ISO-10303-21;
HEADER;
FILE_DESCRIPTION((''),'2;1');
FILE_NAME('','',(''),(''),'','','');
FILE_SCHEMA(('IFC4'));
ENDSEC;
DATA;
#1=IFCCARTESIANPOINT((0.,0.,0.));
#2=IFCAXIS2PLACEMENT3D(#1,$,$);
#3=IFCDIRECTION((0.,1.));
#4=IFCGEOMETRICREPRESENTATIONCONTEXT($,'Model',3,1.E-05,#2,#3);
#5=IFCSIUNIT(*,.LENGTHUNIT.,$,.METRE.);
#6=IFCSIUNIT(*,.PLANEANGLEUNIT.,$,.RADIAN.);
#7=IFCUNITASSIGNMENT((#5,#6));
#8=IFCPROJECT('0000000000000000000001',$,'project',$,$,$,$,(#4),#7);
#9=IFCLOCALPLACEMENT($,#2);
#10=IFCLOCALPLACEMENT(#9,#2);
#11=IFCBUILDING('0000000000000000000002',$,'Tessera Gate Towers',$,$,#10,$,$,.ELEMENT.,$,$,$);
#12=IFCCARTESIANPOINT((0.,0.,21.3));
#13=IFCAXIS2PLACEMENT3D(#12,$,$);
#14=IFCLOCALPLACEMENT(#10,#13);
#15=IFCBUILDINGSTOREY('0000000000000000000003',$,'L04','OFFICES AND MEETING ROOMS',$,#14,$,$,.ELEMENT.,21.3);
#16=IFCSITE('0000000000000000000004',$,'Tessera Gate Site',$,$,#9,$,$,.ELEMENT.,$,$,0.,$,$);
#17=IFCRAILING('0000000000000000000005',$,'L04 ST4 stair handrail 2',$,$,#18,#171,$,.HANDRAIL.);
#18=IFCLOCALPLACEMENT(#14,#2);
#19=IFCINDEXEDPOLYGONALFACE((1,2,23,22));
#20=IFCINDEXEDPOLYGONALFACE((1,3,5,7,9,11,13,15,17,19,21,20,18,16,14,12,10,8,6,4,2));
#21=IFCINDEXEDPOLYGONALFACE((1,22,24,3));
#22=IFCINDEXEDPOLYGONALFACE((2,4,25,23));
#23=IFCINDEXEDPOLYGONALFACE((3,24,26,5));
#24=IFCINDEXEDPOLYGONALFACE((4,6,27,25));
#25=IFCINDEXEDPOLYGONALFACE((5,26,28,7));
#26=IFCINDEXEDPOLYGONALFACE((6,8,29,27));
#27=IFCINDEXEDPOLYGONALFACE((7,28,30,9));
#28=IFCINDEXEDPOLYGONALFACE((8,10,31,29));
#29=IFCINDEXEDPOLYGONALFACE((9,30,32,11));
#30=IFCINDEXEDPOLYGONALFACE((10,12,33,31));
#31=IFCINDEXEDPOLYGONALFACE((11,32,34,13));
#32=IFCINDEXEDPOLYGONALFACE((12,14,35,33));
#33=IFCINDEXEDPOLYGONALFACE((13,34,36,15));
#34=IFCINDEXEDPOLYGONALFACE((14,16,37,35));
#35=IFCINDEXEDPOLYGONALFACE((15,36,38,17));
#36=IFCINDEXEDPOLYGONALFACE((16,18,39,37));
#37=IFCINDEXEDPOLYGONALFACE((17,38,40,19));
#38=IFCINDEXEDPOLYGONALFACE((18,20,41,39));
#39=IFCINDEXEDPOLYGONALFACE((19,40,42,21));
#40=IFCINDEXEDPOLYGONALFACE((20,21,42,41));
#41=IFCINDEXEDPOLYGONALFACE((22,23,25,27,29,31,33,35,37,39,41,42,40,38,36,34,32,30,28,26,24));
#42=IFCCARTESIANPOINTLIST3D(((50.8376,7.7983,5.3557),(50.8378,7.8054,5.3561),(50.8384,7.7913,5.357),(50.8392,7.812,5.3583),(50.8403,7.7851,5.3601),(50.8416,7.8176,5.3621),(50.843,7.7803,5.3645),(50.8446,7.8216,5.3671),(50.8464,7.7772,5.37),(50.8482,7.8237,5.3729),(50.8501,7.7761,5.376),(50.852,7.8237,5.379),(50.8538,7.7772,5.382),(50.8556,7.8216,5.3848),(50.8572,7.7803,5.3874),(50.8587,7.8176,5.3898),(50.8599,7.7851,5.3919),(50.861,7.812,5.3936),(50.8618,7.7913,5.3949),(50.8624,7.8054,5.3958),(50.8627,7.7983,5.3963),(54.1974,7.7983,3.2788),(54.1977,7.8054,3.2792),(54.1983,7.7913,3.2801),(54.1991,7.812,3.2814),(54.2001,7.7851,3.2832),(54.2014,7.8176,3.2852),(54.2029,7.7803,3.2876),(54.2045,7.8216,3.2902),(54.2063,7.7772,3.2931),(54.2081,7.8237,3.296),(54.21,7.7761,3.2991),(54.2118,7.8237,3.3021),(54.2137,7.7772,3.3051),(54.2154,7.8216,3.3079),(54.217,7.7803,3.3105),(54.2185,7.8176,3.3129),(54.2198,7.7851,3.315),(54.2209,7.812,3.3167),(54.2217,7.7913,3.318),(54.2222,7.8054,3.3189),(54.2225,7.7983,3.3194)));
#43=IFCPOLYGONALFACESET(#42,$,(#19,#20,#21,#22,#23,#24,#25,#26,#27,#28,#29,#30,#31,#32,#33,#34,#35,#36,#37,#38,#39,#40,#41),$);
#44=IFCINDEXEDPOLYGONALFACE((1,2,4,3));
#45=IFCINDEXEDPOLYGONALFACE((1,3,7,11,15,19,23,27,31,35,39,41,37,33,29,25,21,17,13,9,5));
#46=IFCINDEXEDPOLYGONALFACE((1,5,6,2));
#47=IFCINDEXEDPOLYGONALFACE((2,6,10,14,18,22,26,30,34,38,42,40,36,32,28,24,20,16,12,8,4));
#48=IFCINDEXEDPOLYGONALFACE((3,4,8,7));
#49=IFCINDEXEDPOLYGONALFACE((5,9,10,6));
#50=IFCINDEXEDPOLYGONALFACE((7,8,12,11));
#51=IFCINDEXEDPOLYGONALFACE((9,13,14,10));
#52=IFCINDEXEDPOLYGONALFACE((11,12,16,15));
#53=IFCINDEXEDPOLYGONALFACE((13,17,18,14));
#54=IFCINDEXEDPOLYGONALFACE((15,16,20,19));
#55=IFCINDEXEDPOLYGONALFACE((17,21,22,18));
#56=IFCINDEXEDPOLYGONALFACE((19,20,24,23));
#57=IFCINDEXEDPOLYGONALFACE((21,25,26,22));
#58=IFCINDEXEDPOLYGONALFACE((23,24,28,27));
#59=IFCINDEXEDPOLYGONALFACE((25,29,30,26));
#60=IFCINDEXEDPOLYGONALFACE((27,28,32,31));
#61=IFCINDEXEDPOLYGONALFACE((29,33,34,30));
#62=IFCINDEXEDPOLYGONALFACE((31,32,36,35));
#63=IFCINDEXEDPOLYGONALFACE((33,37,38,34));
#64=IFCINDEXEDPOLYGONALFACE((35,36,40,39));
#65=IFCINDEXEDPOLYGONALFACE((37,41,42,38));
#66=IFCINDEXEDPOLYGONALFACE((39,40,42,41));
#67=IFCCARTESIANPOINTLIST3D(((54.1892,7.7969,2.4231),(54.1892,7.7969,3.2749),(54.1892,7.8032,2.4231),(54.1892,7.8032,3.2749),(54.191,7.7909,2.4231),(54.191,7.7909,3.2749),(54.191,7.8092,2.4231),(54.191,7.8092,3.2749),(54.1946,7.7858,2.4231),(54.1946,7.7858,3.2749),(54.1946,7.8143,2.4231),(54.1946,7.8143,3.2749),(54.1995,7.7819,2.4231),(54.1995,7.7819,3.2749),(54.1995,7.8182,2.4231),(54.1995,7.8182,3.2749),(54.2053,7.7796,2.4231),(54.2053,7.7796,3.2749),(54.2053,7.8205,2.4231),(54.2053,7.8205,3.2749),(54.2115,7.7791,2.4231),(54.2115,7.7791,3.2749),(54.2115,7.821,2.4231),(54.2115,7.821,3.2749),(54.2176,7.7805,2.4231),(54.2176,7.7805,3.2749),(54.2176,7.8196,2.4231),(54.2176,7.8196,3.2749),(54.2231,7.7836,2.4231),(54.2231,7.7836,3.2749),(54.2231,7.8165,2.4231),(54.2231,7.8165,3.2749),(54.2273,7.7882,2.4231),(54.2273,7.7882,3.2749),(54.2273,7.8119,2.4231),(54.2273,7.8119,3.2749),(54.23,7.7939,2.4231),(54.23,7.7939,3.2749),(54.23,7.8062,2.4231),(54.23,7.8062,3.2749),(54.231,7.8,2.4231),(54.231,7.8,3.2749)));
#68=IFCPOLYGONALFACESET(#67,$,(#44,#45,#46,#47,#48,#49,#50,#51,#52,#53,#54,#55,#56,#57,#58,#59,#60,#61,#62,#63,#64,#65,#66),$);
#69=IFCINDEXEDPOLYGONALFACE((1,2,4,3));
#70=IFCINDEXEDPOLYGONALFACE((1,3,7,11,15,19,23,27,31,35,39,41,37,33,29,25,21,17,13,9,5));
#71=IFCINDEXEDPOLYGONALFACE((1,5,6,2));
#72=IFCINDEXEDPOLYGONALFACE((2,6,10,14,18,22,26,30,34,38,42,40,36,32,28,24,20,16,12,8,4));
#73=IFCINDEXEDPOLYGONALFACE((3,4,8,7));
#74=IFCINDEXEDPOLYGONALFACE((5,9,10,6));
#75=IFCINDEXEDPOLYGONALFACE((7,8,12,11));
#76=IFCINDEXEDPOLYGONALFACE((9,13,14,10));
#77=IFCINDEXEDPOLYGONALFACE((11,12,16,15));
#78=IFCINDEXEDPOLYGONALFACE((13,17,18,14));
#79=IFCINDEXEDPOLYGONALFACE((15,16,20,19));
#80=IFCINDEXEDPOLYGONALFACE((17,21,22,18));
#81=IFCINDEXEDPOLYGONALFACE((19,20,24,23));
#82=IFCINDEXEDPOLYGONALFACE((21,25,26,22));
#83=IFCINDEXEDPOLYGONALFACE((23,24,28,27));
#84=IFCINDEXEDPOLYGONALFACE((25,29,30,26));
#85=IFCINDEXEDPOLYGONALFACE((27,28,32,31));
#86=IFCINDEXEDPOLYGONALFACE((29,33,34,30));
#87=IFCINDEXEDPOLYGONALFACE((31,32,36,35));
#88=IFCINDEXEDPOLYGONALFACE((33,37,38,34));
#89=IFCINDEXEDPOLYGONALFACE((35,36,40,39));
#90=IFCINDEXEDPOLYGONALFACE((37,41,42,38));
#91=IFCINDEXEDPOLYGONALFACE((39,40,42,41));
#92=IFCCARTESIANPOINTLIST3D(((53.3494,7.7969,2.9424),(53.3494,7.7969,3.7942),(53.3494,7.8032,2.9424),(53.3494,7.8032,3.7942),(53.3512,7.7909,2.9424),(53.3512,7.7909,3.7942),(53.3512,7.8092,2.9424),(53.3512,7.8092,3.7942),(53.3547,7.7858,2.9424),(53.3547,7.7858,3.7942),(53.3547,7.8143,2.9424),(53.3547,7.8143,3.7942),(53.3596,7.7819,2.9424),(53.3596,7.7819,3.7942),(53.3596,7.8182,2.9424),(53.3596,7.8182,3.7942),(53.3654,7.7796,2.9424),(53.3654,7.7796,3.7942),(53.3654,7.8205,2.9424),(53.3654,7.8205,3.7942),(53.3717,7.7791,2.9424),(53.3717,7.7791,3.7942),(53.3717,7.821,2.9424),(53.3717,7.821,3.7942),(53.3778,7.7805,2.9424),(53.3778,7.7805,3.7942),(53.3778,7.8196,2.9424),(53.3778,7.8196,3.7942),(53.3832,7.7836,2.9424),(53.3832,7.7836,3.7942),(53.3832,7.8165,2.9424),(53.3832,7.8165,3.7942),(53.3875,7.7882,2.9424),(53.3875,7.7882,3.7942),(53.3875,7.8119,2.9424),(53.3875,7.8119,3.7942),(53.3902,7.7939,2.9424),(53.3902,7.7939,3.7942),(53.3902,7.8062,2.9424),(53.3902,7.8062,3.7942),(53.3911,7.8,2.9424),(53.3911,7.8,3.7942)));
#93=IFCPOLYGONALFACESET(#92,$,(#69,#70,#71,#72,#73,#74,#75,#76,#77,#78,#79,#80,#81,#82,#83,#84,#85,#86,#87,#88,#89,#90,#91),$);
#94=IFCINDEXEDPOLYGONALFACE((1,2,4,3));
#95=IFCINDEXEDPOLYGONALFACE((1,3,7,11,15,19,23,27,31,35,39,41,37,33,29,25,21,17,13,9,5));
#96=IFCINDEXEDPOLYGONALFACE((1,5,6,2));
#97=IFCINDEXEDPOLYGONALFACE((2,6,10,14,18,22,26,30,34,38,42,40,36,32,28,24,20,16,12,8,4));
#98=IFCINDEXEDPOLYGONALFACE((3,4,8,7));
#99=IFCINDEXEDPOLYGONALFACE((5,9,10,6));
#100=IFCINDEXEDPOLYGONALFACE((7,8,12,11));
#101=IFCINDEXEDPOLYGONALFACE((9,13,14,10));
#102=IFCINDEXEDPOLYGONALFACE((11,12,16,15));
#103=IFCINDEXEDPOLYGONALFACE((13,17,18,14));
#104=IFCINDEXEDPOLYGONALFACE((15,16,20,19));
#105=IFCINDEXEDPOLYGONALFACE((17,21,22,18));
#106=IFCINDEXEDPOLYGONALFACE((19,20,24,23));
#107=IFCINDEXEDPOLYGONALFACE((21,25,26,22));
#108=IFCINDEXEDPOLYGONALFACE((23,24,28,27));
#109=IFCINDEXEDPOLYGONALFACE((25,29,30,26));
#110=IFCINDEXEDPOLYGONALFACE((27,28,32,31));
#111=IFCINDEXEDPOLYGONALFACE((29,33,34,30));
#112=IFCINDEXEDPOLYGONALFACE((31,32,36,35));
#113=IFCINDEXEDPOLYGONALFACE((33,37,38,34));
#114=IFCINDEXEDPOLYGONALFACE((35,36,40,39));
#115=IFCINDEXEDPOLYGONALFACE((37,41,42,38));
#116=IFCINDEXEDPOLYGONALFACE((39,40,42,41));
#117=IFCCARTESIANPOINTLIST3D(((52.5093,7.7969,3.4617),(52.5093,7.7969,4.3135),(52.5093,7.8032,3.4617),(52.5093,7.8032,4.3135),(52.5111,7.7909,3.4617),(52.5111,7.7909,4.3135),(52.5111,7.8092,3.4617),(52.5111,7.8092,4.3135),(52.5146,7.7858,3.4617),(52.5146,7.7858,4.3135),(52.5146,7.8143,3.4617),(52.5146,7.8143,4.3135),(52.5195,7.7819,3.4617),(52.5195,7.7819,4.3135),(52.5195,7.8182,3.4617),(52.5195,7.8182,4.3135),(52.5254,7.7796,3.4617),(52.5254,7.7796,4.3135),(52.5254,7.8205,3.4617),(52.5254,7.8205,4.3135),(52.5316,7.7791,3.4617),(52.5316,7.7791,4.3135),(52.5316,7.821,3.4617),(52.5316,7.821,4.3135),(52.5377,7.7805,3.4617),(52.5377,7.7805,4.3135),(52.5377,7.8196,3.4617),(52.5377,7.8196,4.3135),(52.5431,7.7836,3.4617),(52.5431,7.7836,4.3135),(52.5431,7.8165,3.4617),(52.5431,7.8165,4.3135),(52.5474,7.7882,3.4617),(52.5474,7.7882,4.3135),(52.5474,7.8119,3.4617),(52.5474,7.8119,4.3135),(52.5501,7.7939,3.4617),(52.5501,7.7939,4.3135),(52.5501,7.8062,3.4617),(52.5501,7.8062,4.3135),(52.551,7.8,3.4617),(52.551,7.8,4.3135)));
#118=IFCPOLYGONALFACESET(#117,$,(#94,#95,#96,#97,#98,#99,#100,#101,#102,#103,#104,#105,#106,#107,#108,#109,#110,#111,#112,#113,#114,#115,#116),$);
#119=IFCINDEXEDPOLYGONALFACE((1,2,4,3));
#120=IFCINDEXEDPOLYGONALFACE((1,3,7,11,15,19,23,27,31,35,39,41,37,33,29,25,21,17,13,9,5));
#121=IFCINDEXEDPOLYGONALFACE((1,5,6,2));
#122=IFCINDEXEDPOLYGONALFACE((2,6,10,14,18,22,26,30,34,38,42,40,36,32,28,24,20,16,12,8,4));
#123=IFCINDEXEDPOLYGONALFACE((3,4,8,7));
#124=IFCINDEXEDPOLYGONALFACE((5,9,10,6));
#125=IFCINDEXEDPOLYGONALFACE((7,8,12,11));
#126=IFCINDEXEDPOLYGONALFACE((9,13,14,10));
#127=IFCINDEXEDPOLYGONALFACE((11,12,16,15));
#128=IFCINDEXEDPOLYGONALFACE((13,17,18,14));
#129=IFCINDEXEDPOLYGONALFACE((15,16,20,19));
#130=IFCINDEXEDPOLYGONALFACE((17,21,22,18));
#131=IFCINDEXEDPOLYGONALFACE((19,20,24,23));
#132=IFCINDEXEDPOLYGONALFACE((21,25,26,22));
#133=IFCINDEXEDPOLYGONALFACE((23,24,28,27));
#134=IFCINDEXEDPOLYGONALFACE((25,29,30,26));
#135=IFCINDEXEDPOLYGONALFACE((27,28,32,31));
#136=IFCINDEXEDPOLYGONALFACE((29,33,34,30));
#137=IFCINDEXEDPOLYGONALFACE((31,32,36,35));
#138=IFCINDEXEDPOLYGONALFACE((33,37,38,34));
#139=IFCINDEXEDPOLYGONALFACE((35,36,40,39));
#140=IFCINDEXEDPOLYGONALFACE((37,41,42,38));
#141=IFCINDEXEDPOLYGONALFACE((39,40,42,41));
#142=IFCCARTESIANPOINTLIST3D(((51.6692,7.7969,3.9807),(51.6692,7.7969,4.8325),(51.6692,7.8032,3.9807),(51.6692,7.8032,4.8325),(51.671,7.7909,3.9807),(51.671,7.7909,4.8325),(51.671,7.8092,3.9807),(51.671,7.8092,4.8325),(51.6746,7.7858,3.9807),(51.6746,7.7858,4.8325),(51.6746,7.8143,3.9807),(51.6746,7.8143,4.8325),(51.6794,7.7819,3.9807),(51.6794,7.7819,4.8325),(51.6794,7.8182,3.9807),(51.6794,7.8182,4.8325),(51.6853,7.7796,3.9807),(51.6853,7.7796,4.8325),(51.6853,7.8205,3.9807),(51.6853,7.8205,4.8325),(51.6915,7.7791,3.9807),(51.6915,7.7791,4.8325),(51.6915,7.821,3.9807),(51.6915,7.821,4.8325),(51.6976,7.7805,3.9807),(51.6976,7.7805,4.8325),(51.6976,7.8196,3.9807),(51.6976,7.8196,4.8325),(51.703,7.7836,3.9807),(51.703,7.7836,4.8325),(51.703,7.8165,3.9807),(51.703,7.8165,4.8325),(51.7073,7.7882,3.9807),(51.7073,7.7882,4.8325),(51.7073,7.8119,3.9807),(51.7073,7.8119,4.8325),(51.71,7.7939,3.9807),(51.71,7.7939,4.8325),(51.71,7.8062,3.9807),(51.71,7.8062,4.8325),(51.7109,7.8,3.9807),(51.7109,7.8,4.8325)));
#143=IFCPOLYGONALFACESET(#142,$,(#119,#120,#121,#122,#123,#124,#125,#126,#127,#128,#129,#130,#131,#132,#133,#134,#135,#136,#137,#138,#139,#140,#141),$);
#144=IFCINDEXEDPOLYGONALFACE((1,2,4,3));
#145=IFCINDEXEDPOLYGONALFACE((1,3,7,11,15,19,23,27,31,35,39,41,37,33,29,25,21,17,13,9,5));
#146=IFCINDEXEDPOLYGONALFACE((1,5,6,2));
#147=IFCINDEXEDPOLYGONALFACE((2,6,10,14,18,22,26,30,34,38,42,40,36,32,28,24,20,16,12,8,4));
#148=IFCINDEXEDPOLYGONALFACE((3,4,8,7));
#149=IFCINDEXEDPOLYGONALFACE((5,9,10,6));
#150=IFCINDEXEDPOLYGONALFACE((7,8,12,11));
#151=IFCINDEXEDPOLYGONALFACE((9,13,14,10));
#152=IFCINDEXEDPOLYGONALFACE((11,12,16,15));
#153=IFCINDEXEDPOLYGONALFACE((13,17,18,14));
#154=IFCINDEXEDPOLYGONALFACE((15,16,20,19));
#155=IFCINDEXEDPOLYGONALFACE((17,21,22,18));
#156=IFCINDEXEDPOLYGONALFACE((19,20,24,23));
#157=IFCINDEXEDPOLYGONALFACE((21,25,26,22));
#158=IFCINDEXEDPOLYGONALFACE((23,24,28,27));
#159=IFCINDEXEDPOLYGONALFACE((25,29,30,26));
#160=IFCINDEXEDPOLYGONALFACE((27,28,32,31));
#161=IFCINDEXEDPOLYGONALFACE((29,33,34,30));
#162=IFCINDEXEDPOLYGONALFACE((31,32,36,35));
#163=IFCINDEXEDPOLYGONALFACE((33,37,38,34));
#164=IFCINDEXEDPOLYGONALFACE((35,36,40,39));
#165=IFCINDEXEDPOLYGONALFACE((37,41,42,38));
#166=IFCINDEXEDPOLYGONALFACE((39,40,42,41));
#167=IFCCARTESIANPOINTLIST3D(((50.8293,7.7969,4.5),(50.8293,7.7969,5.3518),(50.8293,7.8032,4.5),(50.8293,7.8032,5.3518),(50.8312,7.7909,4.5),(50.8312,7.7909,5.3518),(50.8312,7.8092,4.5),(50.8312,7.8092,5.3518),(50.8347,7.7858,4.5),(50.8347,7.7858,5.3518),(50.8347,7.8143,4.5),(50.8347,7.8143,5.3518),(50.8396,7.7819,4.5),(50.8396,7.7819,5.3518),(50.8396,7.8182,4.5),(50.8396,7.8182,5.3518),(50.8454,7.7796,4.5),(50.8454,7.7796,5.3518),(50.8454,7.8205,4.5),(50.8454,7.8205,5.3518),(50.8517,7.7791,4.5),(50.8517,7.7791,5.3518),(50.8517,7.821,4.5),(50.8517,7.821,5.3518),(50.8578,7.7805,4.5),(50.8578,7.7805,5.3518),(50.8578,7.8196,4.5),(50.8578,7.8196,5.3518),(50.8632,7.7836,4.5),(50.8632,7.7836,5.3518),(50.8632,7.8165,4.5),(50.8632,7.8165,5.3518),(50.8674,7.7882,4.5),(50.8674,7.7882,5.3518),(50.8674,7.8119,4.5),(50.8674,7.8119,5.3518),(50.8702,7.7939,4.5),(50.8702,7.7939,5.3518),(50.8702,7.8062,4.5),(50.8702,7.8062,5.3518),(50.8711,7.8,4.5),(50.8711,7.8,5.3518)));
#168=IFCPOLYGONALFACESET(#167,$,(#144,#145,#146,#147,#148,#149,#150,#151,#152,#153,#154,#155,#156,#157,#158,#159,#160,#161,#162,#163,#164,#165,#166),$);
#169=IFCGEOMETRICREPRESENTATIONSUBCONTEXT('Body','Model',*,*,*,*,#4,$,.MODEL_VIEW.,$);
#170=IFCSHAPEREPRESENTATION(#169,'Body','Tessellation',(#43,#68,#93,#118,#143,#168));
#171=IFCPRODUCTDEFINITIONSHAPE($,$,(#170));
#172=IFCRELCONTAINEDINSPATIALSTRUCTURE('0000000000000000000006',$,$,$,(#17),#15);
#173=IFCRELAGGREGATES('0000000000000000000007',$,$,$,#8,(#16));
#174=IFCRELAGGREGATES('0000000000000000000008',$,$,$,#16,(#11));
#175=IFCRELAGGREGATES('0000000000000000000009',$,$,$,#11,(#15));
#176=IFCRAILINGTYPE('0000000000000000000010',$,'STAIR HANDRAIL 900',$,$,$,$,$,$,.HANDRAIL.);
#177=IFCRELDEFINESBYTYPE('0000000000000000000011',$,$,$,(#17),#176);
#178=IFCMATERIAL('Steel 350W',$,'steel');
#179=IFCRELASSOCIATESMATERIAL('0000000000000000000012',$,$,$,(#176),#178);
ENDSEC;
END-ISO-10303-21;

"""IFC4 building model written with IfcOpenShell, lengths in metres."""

from ifc_helpers import new_model, si_unit, direction, frame, origin, origin_2d, place, context, subcontext, project, spatial, circle, extrude, material, type_object, element, save


model = new_model("IFC4")

# Units and contexts
model_context = context("Model", 3, precision=1e-05, world=origin(), true_north=direction((0.0, 1.0)))
body_context = subcontext(model_context, "Body", "Model", "MODEL_VIEW")
ifc_project = project(units=[si_unit("LENGTHUNIT", "METRE"), si_unit("PLANEANGLEUNIT", "RADIAN")], contexts=[model_context])

# Site, building, storey
site_placement = place(None, origin())
site = spatial("IfcSite", under=ifc_project, at=site_placement, Name="Tessera Gate Site", CompositionType="ELEMENT", RefElevation=0.0)
building_placement = place(site_placement, origin())
building = spatial("IfcBuilding", under=site, at=building_placement, Name="Tessera Gate Towers", CompositionType="ELEMENT")
storey_placement = place(building_placement, frame((0.0, 0.0, 21.3)))
storey = spatial("IfcBuildingStorey", under=building, at=storey_placement, Name="L04", Description="OFFICES AND MEETING ROOMS", CompositionType="ELEMENT", Elevation=21.3)

# Railing
ifc_material_1 = material(Name="Steel 350W", Category="steel")
railing_type_1 = type_object("IfcRailingType", Name="STAIR HANDRAIL 900", PredefinedType="HANDRAIL", material=ifc_material_1)
railing_1_placement = place(storey_placement, frame((54.21, 7.8, 2.4231)))
element("IfcRailing", 1, at=railing_1_placement, inside=storey, type_object=railing_type_1, Name="L04 ST4 stair handrail 2", PredefinedType="HANDRAIL", context=body_context, shape_type="SweptSolid", body=[
    extrude(circle(Radius=0.0239, at=origin_2d()), frame((0.0, 0.0, 0.876), z_axis=(-0.850606, 0.0, 0.525803), x_axis=(0.0, -1.0, 0.0)), (0.0, 0.0, 1.0), 3.95),
    extrude(circle(Radius=0.021, at=origin_2d()), origin(), (0.0, 0.0, 1.0), 0.8518),
    extrude(circle(Radius=0.021, at=origin_2d()), frame((-0.8398, 0.0, 0.5193)), (0.0, 0.0, 1.0), 0.8518),
    extrude(circle(Radius=0.021, at=origin_2d()), frame((-1.6799, 0.0, 1.0386)), (0.0, 0.0, 1.0), 0.8518),
    extrude(circle(Radius=0.021, at=origin_2d()), frame((-2.52, 0.0, 1.5576)), (0.0, 0.0, 1.0), 0.8518),
    extrude(circle(Radius=0.021, at=origin_2d()), frame((-3.3599, 0.0, 2.0769)), (0.0, 0.0, 1.0), 0.8518),
])

save(model, "model.ifc")
